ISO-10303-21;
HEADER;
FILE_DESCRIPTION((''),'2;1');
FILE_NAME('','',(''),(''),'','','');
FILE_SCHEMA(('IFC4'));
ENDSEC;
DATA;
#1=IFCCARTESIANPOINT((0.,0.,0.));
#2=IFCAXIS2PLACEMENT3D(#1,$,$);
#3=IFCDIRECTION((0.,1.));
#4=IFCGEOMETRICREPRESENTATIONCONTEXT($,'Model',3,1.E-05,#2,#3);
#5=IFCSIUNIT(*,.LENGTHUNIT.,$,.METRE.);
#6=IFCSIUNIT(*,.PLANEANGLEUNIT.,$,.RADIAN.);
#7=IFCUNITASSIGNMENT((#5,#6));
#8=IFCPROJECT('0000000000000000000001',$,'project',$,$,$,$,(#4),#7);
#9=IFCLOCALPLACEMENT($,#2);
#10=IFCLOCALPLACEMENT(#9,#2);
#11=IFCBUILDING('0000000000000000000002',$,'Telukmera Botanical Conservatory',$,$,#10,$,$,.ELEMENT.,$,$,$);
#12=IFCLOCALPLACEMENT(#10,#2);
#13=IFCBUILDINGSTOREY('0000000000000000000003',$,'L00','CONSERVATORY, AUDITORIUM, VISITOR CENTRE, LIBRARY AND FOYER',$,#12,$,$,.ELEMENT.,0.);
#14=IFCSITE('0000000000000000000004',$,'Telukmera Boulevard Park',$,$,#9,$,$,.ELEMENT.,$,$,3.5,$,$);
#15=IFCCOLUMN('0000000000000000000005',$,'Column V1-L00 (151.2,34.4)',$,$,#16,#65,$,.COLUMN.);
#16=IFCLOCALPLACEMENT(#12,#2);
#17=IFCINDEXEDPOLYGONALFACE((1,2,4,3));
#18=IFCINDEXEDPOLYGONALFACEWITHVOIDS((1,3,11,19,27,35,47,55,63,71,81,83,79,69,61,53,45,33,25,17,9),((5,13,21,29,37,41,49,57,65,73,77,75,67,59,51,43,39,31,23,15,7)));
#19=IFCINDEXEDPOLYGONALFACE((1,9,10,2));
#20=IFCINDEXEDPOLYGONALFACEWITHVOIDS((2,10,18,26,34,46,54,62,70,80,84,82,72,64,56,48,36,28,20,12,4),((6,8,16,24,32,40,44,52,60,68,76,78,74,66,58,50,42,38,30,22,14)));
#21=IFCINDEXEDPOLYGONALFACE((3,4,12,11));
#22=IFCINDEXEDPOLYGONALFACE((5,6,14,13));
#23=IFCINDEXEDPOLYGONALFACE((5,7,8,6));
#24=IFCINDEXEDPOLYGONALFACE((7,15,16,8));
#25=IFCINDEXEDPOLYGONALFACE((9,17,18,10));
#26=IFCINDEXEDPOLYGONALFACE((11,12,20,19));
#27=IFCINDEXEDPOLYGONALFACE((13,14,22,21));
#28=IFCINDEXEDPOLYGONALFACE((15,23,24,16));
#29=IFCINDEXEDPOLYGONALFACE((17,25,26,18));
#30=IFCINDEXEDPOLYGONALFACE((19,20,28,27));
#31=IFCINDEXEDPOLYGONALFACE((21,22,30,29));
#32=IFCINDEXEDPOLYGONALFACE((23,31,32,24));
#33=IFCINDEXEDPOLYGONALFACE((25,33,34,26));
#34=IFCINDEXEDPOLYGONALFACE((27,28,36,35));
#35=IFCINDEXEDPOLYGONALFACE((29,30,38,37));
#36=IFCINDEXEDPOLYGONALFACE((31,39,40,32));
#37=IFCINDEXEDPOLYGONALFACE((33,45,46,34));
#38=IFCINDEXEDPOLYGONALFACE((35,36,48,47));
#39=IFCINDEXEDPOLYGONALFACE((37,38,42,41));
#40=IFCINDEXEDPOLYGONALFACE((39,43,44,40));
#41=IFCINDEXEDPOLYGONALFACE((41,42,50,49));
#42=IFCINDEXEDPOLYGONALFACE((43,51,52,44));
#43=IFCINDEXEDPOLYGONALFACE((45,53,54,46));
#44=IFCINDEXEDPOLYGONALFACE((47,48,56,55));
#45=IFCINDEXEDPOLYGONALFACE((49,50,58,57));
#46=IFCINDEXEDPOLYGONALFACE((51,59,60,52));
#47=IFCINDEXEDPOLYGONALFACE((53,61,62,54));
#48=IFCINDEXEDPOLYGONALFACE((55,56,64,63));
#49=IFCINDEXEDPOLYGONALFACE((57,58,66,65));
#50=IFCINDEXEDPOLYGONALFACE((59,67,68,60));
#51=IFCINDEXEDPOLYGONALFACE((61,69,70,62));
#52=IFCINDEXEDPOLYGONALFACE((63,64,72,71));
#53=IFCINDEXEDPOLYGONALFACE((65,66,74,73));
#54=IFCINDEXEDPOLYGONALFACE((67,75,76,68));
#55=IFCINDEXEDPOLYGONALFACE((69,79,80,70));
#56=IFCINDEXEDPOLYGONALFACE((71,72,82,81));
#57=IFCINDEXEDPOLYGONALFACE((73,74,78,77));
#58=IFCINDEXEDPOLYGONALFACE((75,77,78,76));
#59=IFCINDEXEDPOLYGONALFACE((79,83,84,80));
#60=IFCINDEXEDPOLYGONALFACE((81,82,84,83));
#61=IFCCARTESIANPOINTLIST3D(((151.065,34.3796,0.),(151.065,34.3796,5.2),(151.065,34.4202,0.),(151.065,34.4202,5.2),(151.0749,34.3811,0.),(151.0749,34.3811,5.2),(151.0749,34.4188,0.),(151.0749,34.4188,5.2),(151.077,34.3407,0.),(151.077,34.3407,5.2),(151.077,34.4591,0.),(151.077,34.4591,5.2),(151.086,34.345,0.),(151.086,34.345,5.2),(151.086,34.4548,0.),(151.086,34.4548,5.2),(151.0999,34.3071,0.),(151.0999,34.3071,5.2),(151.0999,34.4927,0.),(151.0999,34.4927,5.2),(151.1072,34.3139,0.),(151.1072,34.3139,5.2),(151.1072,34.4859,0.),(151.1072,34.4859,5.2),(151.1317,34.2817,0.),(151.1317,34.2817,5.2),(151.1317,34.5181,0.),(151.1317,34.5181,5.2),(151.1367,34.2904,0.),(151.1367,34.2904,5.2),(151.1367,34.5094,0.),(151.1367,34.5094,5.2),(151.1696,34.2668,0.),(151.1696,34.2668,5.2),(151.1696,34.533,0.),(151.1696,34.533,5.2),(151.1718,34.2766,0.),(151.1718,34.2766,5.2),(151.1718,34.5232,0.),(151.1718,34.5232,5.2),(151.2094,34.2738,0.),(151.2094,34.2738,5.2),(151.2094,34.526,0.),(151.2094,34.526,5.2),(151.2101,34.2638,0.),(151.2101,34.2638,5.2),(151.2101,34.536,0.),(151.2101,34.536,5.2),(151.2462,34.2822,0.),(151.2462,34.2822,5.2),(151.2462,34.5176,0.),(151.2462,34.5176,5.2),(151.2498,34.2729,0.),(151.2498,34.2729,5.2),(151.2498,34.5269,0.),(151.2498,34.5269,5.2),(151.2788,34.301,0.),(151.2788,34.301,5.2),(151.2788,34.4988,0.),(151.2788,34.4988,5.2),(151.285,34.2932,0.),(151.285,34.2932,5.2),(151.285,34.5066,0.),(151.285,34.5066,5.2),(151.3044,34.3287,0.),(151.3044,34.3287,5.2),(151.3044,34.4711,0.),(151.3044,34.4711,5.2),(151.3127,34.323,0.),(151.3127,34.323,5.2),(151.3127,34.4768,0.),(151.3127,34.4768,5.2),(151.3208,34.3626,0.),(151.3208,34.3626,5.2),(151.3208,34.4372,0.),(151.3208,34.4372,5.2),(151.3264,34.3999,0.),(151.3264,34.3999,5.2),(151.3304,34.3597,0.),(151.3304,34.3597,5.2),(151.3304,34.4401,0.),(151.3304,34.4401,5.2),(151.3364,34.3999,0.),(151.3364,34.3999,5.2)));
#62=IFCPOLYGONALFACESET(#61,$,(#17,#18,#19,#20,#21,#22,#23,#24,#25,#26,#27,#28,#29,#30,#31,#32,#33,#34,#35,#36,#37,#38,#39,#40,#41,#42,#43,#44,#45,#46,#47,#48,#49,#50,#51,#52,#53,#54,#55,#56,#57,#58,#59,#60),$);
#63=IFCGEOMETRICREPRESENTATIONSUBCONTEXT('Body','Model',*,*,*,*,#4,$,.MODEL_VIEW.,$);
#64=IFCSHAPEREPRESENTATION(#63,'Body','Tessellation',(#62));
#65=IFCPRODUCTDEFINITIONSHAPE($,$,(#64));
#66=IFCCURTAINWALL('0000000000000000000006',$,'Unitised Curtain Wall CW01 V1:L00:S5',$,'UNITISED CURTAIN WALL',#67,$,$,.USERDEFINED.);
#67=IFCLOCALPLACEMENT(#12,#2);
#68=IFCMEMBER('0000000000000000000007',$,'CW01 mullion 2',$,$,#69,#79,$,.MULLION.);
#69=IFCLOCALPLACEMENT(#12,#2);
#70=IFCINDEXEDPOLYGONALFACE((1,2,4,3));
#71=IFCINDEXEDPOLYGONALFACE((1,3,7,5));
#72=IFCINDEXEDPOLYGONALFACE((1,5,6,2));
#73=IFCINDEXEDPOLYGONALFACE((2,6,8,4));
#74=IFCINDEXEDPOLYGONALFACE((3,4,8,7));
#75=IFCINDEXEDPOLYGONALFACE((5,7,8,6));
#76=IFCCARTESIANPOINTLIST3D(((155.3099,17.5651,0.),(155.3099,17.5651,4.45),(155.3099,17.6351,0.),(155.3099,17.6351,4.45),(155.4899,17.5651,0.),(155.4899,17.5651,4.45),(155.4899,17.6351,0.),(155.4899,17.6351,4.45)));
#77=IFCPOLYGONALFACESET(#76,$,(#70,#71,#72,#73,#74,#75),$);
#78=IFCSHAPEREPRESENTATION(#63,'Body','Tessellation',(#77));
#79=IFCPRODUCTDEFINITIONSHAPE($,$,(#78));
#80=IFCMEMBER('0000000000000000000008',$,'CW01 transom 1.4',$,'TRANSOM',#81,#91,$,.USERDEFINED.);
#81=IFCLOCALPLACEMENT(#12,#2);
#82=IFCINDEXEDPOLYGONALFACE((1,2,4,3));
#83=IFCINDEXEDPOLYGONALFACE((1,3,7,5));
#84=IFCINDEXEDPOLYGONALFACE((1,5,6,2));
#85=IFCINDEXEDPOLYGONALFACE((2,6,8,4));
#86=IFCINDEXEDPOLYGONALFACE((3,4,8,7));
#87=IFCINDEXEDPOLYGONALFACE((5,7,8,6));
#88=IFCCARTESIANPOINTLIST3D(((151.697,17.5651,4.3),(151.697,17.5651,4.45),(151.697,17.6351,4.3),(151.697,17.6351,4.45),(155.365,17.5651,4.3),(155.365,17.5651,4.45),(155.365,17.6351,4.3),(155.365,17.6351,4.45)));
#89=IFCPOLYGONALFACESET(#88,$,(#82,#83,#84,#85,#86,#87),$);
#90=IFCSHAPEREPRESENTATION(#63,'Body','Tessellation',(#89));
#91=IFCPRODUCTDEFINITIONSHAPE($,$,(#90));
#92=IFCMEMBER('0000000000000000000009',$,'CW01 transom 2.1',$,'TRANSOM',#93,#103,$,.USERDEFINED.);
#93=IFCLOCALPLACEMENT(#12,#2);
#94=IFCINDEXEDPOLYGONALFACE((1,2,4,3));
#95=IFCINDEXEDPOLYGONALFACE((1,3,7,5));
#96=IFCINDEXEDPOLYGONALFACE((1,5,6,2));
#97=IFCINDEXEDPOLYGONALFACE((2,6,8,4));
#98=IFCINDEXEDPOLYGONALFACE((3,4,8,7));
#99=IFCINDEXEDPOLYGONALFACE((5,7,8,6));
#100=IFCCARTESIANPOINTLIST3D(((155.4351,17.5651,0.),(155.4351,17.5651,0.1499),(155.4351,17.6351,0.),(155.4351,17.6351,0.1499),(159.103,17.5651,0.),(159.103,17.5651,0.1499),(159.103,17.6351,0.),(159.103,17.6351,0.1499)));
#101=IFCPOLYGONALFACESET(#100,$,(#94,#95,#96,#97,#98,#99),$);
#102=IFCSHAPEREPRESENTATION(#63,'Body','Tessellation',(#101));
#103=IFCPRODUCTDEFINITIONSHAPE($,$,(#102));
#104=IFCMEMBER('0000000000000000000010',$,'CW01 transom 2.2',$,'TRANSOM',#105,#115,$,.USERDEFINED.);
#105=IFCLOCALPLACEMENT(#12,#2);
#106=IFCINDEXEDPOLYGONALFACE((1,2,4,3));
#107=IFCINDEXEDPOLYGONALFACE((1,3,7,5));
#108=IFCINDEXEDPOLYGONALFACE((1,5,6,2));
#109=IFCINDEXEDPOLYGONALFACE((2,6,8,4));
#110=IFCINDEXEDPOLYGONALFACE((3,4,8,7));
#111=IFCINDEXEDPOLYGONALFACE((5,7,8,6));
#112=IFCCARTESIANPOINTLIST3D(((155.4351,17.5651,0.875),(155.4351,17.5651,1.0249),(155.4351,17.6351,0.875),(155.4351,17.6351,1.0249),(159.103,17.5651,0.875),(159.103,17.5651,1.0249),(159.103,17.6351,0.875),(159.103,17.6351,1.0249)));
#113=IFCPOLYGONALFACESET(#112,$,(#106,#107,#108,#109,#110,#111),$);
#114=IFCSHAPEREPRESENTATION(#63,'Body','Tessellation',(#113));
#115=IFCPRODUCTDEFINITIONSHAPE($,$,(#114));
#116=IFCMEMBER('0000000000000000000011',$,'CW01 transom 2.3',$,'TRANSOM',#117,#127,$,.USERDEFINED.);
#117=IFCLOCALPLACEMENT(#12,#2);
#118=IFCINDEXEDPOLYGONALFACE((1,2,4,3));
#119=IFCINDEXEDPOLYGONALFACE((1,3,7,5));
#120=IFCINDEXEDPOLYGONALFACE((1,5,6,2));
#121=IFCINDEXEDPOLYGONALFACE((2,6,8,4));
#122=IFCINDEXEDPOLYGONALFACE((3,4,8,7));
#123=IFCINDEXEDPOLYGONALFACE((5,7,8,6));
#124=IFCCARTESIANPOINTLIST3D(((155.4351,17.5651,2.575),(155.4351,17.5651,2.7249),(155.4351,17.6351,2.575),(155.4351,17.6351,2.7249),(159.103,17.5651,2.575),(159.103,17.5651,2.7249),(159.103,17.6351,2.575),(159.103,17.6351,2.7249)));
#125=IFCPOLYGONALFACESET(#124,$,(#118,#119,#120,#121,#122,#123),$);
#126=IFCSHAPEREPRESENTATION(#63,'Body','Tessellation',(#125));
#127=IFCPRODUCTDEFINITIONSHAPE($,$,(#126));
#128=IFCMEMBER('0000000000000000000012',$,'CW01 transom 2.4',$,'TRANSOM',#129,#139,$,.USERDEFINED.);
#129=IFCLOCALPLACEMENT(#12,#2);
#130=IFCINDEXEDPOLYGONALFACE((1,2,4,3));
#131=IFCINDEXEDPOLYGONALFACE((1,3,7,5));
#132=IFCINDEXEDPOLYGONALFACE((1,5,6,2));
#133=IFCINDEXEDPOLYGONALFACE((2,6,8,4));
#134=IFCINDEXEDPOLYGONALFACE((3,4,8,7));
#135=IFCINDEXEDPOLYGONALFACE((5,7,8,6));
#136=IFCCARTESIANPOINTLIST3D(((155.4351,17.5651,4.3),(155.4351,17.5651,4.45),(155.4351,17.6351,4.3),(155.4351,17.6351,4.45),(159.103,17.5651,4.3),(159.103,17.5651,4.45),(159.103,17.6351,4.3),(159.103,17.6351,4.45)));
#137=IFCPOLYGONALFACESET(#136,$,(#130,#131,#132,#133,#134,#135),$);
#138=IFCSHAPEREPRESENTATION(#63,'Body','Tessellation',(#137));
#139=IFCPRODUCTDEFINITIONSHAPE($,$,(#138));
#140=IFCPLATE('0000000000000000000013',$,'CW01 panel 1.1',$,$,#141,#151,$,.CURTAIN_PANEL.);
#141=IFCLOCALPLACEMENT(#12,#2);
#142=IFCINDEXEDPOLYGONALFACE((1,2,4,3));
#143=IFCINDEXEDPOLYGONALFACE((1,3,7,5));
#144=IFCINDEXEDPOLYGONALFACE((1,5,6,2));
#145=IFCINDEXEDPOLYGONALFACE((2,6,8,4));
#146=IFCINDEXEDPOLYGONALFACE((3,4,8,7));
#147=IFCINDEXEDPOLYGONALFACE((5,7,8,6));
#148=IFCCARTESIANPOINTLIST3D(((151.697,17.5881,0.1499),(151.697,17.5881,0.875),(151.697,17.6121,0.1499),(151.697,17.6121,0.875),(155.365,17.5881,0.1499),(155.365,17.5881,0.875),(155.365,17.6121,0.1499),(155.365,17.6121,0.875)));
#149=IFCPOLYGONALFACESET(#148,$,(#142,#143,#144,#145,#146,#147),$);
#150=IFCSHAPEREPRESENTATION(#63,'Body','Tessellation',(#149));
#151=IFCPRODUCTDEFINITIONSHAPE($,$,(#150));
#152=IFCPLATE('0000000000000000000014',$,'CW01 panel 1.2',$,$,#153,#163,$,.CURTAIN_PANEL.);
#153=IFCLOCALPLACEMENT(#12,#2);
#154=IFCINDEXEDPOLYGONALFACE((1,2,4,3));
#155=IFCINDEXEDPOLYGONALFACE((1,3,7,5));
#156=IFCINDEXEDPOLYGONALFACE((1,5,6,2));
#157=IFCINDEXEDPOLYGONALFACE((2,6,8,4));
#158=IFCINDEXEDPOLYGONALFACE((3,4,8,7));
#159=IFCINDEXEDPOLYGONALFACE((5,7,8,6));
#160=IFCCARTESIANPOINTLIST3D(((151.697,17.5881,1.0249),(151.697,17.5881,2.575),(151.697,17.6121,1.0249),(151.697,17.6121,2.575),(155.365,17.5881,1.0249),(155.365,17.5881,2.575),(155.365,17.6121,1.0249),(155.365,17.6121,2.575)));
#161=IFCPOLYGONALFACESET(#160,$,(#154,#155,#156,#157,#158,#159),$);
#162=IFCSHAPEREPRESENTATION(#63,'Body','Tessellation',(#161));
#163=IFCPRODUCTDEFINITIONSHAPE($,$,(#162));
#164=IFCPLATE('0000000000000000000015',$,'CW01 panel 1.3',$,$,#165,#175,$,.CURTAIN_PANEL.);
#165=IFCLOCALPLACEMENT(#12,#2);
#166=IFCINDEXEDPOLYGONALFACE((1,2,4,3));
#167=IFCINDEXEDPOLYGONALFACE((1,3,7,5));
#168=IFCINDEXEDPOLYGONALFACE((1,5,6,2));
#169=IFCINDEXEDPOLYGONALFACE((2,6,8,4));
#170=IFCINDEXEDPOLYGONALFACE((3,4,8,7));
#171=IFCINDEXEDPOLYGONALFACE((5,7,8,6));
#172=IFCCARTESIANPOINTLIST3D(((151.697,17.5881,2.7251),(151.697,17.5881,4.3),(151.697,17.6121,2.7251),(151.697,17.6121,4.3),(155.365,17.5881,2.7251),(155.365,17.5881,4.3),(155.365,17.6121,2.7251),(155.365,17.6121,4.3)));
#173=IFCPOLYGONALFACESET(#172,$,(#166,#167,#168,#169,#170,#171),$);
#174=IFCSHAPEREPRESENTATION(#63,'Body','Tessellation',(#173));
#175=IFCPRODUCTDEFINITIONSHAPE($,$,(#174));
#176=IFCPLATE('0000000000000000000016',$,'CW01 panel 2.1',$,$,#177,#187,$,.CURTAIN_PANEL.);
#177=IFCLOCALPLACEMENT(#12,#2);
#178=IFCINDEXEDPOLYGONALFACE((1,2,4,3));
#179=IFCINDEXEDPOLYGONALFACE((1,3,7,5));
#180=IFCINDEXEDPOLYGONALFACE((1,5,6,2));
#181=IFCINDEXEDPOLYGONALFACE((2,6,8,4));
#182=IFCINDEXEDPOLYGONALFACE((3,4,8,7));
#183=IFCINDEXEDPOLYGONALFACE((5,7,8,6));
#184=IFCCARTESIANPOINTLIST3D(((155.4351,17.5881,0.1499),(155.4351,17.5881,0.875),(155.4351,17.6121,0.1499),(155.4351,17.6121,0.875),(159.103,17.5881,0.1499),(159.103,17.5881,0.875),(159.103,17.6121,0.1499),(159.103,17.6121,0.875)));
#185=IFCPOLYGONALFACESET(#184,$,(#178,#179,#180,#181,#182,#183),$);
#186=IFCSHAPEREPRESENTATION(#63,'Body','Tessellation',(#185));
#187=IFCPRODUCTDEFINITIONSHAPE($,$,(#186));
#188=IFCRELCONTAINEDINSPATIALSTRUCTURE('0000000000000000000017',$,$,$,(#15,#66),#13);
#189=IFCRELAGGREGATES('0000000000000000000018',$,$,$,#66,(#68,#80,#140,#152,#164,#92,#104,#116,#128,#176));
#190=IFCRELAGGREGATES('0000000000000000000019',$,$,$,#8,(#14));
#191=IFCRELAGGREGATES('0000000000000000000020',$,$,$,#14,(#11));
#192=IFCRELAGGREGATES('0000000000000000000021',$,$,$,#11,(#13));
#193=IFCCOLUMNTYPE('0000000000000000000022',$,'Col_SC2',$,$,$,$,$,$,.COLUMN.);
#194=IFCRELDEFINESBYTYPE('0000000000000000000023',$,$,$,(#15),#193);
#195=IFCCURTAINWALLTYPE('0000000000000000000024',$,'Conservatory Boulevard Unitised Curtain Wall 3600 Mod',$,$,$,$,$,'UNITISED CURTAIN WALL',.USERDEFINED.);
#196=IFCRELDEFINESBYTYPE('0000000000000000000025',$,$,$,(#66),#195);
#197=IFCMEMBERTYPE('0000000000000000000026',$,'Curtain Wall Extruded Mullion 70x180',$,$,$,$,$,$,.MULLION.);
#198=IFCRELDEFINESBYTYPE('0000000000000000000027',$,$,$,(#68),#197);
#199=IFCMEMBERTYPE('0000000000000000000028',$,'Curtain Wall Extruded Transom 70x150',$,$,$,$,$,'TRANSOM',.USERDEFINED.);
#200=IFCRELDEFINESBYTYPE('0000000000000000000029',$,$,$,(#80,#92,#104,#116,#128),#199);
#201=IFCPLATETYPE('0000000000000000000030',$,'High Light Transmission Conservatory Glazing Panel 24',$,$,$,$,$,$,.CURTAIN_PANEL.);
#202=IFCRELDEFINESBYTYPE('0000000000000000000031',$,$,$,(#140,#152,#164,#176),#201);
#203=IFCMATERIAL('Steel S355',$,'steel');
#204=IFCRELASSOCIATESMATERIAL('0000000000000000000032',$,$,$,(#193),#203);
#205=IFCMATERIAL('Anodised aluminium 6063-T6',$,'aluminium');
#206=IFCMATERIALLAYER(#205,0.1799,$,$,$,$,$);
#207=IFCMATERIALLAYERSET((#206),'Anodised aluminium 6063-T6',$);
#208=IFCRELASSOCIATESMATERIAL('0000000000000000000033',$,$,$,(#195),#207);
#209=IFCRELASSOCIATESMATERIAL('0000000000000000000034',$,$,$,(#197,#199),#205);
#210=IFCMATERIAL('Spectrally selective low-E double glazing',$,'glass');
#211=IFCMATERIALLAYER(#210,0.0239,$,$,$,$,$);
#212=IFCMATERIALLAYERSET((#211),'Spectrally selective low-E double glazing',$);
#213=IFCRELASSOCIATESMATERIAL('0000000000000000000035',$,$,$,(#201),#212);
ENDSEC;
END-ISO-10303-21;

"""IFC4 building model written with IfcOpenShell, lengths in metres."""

from ifc_helpers import new_model, si_unit, direction, frame, origin, origin_2d, place, context, subcontext, project, spatial, rectangle, hollow_circle, extrude, material, layer, layer_set, material_profile, profile_set, type_object, element, aggregate, save


model = new_model("IFC4")

# Units and contexts
model_context = context("Model", 3, precision=1e-05, world=origin(), true_north=direction((0.0, 1.0)))
body_context = subcontext(model_context, "Body", "Model", "MODEL_VIEW")
ifc_project = project(units=[si_unit("LENGTHUNIT", "METRE"), si_unit("PLANEANGLEUNIT", "RADIAN")], contexts=[model_context])

# Site, building, storey
site_placement = place(None, origin())
site = spatial("IfcSite", under=ifc_project, at=site_placement, Name="Telukmera Boulevard Park", CompositionType="ELEMENT", RefElevation=3.5)
building_placement = place(site_placement, origin())
building = spatial("IfcBuilding", under=site, at=building_placement, Name="Telukmera Botanical Conservatory", CompositionType="ELEMENT")
storey_placement = place(building_placement, origin())
storey = spatial("IfcBuildingStorey", under=building, at=storey_placement, Name="L00", Description="CONSERVATORY, AUDITORIUM, VISITOR CENTRE, LIBRARY AND FOYER", CompositionType="ELEMENT", Elevation=0.0)

# Column
ifc_material_1 = material(Name="Steel S355", Category="steel")
ifc_material_profile_1 = material_profile(ifc_material_1, hollow_circle(Radius=0.1365, WallThickness=0.01, at=origin_2d()), Name="CHS 273.0x10.0")
ifc_profile_set_1 = profile_set([ifc_material_profile_1], Name="Steel S355")
column_type = type_object("IfcColumnType", Name="Col_SC2", PredefinedType="COLUMN", material=ifc_profile_set_1)
column_placement = place(storey_placement, frame((151.2, 34.3999, 0.0), z_axis=(0.0, 0.0, 1.0), x_axis=(1.0, 0.0, 0.0)))
element("IfcColumn", 1, at=column_placement, inside=storey, type_object=column_type, Name="Column V1-L00 (151.2,34.4)", PredefinedType="COLUMN", context=body_context, shape_type="SweptSolid", body=[
    extrude(hollow_circle(Radius=0.1365, WallThickness=0.01, at=origin_2d()), origin(), (0.0, 0.0, 1.0), 5.2),
])

# Curtain wall, members, plates
ifc_material_2 = material(Name="Anodised aluminium 6063-T6", Category="aluminium")
ifc_layer_1 = layer(ifc_material_2, 0.1799)
ifc_layer_set_1 = layer_set([ifc_layer_1], Name="Anodised aluminium 6063-T6")
curtain_wall_type = type_object("IfcCurtainWallType", Name="Conservatory Boulevard Unitised Curtain Wall 3600 Mod", ElementType="UNITISED CURTAIN WALL", PredefinedType="USERDEFINED", material=ifc_layer_set_1)
curtain_wall_placement = place(storey_placement, origin())
curtain_wall = element("IfcCurtainWall", 2, at=curtain_wall_placement, inside=storey, type_object=curtain_wall_type, Name="Unitised Curtain Wall CW01 V1:L00:S5", ObjectType="UNITISED CURTAIN WALL", PredefinedType="USERDEFINED")
ifc_material_profile_2 = material_profile(ifc_material_2, rectangle(XDim=0.0701, YDim=0.1799, at=origin_2d()), Name="ALU MULL 70x180")
ifc_profile_set_2 = profile_set([ifc_material_profile_2], Name="Anodised aluminium 6063-T6")
member_type_1 = type_object("IfcMemberType", Name="Curtain Wall Extruded Mullion 70x180", PredefinedType="MULLION", material=ifc_profile_set_2)
member_1_placement = place(storey_placement, frame((155.3999, 17.6001, 0.0), z_axis=(0.0, 0.0, 1.0), x_axis=(0.0, 1.0, 0.0)))
member_1 = element("IfcMember", 3, at=member_1_placement, type_object=member_type_1, Name="CW01 mullion 2", PredefinedType="MULLION", context=body_context, shape_type="SweptSolid", body=[
    extrude(rectangle(XDim=0.0701, YDim=0.1799, at=origin_2d()), origin(), (0.0, 0.0, 1.0), 4.45),
])
ifc_material_profile_3 = material_profile(ifc_material_2, rectangle(XDim=0.0701, YDim=0.1499, at=origin_2d()), Name="ALU TRAN 70x150")
ifc_profile_set_3 = profile_set([ifc_material_profile_3], Name="Anodised aluminium 6063-T6")
member_type_2 = type_object("IfcMemberType", Name="Curtain Wall Extruded Transom 70x150", ElementType="TRANSOM", PredefinedType="USERDEFINED", material=ifc_profile_set_3)
member_2_placement = place(storey_placement, frame((151.697, 17.6001, 4.375), z_axis=(1.0, 0.0, 0.0), x_axis=(0.0, 1.0, 0.0)))
member_2 = element("IfcMember", 4, at=member_2_placement, type_object=member_type_2, Name="CW01 transom 1.4", ObjectType="TRANSOM", PredefinedType="USERDEFINED", context=body_context, shape_type="SweptSolid", body=[
    extrude(rectangle(XDim=0.0701, YDim=0.1499, at=origin_2d()), origin(), (0.0, 0.0, 1.0), 3.668),
])
member_3_placement = place(storey_placement, frame((155.4351, 17.6001, 0.075), z_axis=(1.0, 0.0, 0.0), x_axis=(0.0, 1.0, 0.0)))
member_3 = element("IfcMember", 5, at=member_3_placement, type_object=member_type_2, Name="CW01 transom 2.1", ObjectType="TRANSOM", PredefinedType="USERDEFINED", context=body_context, shape_type="SweptSolid", body=[
    extrude(rectangle(XDim=0.0701, YDim=0.1499, at=origin_2d()), origin(), (0.0, 0.0, 1.0), 3.668),
])
member_4_placement = place(storey_placement, frame((155.4351, 17.6001, 0.95), z_axis=(1.0, 0.0, 0.0), x_axis=(0.0, 1.0, 0.0)))
member_4 = element("IfcMember", 6, at=member_4_placement, type_object=member_type_2, Name="CW01 transom 2.2", ObjectType="TRANSOM", PredefinedType="USERDEFINED", context=body_context, shape_type="SweptSolid", body=[
    extrude(rectangle(XDim=0.0701, YDim=0.1499, at=origin_2d()), origin(), (0.0, 0.0, 1.0), 3.668),
])
member_5_placement = place(storey_placement, frame((155.4351, 17.6001, 2.6499), z_axis=(1.0, 0.0, 0.0), x_axis=(0.0, 1.0, 0.0)))
member_5 = element("IfcMember", 7, at=member_5_placement, type_object=member_type_2, Name="CW01 transom 2.3", ObjectType="TRANSOM", PredefinedType="USERDEFINED", context=body_context, shape_type="SweptSolid", body=[
    extrude(rectangle(XDim=0.0701, YDim=0.1499, at=origin_2d()), origin(), (0.0, 0.0, 1.0), 3.668),
])
member_6_placement = place(storey_placement, frame((155.4351, 17.6001, 4.375), z_axis=(1.0, 0.0, 0.0), x_axis=(0.0, 1.0, 0.0)))
member_6 = element("IfcMember", 8, at=member_6_placement, type_object=member_type_2, Name="CW01 transom 2.4", ObjectType="TRANSOM", PredefinedType="USERDEFINED", context=body_context, shape_type="SweptSolid", body=[
    extrude(rectangle(XDim=0.0701, YDim=0.1499, at=origin_2d()), origin(), (0.0, 0.0, 1.0), 3.668),
])
ifc_material_3 = material(Name="Spectrally selective low-E double glazing", Category="glass")
ifc_layer_2 = layer(ifc_material_3, 0.0239)
ifc_layer_set_2 = layer_set([ifc_layer_2], Name="Spectrally selective low-E double glazing")
plate_type_1 = type_object("IfcPlateType", Name="High Light Transmission Conservatory Glazing Panel 24", PredefinedType="CURTAIN_PANEL", material=ifc_layer_set_2)
plate_1_placement = place(storey_placement, frame((153.531, 17.6001, 0.1499), z_axis=(0.0, 0.0, 1.0), x_axis=(1.0, 0.0, 0.0)))
plate_1 = element("IfcPlate", 9, at=plate_1_placement, type_object=plate_type_1, Name="CW01 panel 1.1", PredefinedType="CURTAIN_PANEL", context=body_context, shape_type="SweptSolid", body=[
    extrude(rectangle(XDim=3.668, YDim=0.0239, at=origin_2d()), origin(), (0.0, 0.0, 1.0), 0.7251),
])
plate_2_placement = place(storey_placement, frame((153.531, 17.6001, 1.0249), z_axis=(0.0, 0.0, 1.0), x_axis=(1.0, 0.0, 0.0)))
plate_2 = element("IfcPlate", 10, at=plate_2_placement, type_object=plate_type_1, Name="CW01 panel 1.2", PredefinedType="CURTAIN_PANEL", context=body_context, shape_type="SweptSolid", body=[
    extrude(rectangle(XDim=3.668, YDim=0.0239, at=origin_2d()), origin(), (0.0, 0.0, 1.0), 1.55),
])
plate_3_placement = place(storey_placement, frame((153.531, 17.6001, 2.7251), z_axis=(0.0, 0.0, 1.0), x_axis=(1.0, 0.0, 0.0)))
plate_3 = element("IfcPlate", 11, at=plate_3_placement, type_object=plate_type_1, Name="CW01 panel 1.3", PredefinedType="CURTAIN_PANEL", context=body_context, shape_type="SweptSolid", body=[
    extrude(rectangle(XDim=3.668, YDim=0.0239, at=origin_2d()), origin(), (0.0, 0.0, 1.0), 1.575),
])
plate_4_placement = place(storey_placement, frame((157.269, 17.6001, 0.1499), z_axis=(0.0, 0.0, 1.0), x_axis=(1.0, 0.0, 0.0)))
plate_4 = element("IfcPlate", 12, at=plate_4_placement, type_object=plate_type_1, Name="CW01 panel 2.1", PredefinedType="CURTAIN_PANEL", context=body_context, shape_type="SweptSolid", body=[
    extrude(rectangle(XDim=3.668, YDim=0.0239, at=origin_2d()), origin(), (0.0, 0.0, 1.0), 0.7251),
])
aggregate(curtain_wall, [member_1, member_2, plate_1, plate_2, plate_3, member_3, member_4, member_5, member_6, plate_4])

save(model, "model.ifc")
